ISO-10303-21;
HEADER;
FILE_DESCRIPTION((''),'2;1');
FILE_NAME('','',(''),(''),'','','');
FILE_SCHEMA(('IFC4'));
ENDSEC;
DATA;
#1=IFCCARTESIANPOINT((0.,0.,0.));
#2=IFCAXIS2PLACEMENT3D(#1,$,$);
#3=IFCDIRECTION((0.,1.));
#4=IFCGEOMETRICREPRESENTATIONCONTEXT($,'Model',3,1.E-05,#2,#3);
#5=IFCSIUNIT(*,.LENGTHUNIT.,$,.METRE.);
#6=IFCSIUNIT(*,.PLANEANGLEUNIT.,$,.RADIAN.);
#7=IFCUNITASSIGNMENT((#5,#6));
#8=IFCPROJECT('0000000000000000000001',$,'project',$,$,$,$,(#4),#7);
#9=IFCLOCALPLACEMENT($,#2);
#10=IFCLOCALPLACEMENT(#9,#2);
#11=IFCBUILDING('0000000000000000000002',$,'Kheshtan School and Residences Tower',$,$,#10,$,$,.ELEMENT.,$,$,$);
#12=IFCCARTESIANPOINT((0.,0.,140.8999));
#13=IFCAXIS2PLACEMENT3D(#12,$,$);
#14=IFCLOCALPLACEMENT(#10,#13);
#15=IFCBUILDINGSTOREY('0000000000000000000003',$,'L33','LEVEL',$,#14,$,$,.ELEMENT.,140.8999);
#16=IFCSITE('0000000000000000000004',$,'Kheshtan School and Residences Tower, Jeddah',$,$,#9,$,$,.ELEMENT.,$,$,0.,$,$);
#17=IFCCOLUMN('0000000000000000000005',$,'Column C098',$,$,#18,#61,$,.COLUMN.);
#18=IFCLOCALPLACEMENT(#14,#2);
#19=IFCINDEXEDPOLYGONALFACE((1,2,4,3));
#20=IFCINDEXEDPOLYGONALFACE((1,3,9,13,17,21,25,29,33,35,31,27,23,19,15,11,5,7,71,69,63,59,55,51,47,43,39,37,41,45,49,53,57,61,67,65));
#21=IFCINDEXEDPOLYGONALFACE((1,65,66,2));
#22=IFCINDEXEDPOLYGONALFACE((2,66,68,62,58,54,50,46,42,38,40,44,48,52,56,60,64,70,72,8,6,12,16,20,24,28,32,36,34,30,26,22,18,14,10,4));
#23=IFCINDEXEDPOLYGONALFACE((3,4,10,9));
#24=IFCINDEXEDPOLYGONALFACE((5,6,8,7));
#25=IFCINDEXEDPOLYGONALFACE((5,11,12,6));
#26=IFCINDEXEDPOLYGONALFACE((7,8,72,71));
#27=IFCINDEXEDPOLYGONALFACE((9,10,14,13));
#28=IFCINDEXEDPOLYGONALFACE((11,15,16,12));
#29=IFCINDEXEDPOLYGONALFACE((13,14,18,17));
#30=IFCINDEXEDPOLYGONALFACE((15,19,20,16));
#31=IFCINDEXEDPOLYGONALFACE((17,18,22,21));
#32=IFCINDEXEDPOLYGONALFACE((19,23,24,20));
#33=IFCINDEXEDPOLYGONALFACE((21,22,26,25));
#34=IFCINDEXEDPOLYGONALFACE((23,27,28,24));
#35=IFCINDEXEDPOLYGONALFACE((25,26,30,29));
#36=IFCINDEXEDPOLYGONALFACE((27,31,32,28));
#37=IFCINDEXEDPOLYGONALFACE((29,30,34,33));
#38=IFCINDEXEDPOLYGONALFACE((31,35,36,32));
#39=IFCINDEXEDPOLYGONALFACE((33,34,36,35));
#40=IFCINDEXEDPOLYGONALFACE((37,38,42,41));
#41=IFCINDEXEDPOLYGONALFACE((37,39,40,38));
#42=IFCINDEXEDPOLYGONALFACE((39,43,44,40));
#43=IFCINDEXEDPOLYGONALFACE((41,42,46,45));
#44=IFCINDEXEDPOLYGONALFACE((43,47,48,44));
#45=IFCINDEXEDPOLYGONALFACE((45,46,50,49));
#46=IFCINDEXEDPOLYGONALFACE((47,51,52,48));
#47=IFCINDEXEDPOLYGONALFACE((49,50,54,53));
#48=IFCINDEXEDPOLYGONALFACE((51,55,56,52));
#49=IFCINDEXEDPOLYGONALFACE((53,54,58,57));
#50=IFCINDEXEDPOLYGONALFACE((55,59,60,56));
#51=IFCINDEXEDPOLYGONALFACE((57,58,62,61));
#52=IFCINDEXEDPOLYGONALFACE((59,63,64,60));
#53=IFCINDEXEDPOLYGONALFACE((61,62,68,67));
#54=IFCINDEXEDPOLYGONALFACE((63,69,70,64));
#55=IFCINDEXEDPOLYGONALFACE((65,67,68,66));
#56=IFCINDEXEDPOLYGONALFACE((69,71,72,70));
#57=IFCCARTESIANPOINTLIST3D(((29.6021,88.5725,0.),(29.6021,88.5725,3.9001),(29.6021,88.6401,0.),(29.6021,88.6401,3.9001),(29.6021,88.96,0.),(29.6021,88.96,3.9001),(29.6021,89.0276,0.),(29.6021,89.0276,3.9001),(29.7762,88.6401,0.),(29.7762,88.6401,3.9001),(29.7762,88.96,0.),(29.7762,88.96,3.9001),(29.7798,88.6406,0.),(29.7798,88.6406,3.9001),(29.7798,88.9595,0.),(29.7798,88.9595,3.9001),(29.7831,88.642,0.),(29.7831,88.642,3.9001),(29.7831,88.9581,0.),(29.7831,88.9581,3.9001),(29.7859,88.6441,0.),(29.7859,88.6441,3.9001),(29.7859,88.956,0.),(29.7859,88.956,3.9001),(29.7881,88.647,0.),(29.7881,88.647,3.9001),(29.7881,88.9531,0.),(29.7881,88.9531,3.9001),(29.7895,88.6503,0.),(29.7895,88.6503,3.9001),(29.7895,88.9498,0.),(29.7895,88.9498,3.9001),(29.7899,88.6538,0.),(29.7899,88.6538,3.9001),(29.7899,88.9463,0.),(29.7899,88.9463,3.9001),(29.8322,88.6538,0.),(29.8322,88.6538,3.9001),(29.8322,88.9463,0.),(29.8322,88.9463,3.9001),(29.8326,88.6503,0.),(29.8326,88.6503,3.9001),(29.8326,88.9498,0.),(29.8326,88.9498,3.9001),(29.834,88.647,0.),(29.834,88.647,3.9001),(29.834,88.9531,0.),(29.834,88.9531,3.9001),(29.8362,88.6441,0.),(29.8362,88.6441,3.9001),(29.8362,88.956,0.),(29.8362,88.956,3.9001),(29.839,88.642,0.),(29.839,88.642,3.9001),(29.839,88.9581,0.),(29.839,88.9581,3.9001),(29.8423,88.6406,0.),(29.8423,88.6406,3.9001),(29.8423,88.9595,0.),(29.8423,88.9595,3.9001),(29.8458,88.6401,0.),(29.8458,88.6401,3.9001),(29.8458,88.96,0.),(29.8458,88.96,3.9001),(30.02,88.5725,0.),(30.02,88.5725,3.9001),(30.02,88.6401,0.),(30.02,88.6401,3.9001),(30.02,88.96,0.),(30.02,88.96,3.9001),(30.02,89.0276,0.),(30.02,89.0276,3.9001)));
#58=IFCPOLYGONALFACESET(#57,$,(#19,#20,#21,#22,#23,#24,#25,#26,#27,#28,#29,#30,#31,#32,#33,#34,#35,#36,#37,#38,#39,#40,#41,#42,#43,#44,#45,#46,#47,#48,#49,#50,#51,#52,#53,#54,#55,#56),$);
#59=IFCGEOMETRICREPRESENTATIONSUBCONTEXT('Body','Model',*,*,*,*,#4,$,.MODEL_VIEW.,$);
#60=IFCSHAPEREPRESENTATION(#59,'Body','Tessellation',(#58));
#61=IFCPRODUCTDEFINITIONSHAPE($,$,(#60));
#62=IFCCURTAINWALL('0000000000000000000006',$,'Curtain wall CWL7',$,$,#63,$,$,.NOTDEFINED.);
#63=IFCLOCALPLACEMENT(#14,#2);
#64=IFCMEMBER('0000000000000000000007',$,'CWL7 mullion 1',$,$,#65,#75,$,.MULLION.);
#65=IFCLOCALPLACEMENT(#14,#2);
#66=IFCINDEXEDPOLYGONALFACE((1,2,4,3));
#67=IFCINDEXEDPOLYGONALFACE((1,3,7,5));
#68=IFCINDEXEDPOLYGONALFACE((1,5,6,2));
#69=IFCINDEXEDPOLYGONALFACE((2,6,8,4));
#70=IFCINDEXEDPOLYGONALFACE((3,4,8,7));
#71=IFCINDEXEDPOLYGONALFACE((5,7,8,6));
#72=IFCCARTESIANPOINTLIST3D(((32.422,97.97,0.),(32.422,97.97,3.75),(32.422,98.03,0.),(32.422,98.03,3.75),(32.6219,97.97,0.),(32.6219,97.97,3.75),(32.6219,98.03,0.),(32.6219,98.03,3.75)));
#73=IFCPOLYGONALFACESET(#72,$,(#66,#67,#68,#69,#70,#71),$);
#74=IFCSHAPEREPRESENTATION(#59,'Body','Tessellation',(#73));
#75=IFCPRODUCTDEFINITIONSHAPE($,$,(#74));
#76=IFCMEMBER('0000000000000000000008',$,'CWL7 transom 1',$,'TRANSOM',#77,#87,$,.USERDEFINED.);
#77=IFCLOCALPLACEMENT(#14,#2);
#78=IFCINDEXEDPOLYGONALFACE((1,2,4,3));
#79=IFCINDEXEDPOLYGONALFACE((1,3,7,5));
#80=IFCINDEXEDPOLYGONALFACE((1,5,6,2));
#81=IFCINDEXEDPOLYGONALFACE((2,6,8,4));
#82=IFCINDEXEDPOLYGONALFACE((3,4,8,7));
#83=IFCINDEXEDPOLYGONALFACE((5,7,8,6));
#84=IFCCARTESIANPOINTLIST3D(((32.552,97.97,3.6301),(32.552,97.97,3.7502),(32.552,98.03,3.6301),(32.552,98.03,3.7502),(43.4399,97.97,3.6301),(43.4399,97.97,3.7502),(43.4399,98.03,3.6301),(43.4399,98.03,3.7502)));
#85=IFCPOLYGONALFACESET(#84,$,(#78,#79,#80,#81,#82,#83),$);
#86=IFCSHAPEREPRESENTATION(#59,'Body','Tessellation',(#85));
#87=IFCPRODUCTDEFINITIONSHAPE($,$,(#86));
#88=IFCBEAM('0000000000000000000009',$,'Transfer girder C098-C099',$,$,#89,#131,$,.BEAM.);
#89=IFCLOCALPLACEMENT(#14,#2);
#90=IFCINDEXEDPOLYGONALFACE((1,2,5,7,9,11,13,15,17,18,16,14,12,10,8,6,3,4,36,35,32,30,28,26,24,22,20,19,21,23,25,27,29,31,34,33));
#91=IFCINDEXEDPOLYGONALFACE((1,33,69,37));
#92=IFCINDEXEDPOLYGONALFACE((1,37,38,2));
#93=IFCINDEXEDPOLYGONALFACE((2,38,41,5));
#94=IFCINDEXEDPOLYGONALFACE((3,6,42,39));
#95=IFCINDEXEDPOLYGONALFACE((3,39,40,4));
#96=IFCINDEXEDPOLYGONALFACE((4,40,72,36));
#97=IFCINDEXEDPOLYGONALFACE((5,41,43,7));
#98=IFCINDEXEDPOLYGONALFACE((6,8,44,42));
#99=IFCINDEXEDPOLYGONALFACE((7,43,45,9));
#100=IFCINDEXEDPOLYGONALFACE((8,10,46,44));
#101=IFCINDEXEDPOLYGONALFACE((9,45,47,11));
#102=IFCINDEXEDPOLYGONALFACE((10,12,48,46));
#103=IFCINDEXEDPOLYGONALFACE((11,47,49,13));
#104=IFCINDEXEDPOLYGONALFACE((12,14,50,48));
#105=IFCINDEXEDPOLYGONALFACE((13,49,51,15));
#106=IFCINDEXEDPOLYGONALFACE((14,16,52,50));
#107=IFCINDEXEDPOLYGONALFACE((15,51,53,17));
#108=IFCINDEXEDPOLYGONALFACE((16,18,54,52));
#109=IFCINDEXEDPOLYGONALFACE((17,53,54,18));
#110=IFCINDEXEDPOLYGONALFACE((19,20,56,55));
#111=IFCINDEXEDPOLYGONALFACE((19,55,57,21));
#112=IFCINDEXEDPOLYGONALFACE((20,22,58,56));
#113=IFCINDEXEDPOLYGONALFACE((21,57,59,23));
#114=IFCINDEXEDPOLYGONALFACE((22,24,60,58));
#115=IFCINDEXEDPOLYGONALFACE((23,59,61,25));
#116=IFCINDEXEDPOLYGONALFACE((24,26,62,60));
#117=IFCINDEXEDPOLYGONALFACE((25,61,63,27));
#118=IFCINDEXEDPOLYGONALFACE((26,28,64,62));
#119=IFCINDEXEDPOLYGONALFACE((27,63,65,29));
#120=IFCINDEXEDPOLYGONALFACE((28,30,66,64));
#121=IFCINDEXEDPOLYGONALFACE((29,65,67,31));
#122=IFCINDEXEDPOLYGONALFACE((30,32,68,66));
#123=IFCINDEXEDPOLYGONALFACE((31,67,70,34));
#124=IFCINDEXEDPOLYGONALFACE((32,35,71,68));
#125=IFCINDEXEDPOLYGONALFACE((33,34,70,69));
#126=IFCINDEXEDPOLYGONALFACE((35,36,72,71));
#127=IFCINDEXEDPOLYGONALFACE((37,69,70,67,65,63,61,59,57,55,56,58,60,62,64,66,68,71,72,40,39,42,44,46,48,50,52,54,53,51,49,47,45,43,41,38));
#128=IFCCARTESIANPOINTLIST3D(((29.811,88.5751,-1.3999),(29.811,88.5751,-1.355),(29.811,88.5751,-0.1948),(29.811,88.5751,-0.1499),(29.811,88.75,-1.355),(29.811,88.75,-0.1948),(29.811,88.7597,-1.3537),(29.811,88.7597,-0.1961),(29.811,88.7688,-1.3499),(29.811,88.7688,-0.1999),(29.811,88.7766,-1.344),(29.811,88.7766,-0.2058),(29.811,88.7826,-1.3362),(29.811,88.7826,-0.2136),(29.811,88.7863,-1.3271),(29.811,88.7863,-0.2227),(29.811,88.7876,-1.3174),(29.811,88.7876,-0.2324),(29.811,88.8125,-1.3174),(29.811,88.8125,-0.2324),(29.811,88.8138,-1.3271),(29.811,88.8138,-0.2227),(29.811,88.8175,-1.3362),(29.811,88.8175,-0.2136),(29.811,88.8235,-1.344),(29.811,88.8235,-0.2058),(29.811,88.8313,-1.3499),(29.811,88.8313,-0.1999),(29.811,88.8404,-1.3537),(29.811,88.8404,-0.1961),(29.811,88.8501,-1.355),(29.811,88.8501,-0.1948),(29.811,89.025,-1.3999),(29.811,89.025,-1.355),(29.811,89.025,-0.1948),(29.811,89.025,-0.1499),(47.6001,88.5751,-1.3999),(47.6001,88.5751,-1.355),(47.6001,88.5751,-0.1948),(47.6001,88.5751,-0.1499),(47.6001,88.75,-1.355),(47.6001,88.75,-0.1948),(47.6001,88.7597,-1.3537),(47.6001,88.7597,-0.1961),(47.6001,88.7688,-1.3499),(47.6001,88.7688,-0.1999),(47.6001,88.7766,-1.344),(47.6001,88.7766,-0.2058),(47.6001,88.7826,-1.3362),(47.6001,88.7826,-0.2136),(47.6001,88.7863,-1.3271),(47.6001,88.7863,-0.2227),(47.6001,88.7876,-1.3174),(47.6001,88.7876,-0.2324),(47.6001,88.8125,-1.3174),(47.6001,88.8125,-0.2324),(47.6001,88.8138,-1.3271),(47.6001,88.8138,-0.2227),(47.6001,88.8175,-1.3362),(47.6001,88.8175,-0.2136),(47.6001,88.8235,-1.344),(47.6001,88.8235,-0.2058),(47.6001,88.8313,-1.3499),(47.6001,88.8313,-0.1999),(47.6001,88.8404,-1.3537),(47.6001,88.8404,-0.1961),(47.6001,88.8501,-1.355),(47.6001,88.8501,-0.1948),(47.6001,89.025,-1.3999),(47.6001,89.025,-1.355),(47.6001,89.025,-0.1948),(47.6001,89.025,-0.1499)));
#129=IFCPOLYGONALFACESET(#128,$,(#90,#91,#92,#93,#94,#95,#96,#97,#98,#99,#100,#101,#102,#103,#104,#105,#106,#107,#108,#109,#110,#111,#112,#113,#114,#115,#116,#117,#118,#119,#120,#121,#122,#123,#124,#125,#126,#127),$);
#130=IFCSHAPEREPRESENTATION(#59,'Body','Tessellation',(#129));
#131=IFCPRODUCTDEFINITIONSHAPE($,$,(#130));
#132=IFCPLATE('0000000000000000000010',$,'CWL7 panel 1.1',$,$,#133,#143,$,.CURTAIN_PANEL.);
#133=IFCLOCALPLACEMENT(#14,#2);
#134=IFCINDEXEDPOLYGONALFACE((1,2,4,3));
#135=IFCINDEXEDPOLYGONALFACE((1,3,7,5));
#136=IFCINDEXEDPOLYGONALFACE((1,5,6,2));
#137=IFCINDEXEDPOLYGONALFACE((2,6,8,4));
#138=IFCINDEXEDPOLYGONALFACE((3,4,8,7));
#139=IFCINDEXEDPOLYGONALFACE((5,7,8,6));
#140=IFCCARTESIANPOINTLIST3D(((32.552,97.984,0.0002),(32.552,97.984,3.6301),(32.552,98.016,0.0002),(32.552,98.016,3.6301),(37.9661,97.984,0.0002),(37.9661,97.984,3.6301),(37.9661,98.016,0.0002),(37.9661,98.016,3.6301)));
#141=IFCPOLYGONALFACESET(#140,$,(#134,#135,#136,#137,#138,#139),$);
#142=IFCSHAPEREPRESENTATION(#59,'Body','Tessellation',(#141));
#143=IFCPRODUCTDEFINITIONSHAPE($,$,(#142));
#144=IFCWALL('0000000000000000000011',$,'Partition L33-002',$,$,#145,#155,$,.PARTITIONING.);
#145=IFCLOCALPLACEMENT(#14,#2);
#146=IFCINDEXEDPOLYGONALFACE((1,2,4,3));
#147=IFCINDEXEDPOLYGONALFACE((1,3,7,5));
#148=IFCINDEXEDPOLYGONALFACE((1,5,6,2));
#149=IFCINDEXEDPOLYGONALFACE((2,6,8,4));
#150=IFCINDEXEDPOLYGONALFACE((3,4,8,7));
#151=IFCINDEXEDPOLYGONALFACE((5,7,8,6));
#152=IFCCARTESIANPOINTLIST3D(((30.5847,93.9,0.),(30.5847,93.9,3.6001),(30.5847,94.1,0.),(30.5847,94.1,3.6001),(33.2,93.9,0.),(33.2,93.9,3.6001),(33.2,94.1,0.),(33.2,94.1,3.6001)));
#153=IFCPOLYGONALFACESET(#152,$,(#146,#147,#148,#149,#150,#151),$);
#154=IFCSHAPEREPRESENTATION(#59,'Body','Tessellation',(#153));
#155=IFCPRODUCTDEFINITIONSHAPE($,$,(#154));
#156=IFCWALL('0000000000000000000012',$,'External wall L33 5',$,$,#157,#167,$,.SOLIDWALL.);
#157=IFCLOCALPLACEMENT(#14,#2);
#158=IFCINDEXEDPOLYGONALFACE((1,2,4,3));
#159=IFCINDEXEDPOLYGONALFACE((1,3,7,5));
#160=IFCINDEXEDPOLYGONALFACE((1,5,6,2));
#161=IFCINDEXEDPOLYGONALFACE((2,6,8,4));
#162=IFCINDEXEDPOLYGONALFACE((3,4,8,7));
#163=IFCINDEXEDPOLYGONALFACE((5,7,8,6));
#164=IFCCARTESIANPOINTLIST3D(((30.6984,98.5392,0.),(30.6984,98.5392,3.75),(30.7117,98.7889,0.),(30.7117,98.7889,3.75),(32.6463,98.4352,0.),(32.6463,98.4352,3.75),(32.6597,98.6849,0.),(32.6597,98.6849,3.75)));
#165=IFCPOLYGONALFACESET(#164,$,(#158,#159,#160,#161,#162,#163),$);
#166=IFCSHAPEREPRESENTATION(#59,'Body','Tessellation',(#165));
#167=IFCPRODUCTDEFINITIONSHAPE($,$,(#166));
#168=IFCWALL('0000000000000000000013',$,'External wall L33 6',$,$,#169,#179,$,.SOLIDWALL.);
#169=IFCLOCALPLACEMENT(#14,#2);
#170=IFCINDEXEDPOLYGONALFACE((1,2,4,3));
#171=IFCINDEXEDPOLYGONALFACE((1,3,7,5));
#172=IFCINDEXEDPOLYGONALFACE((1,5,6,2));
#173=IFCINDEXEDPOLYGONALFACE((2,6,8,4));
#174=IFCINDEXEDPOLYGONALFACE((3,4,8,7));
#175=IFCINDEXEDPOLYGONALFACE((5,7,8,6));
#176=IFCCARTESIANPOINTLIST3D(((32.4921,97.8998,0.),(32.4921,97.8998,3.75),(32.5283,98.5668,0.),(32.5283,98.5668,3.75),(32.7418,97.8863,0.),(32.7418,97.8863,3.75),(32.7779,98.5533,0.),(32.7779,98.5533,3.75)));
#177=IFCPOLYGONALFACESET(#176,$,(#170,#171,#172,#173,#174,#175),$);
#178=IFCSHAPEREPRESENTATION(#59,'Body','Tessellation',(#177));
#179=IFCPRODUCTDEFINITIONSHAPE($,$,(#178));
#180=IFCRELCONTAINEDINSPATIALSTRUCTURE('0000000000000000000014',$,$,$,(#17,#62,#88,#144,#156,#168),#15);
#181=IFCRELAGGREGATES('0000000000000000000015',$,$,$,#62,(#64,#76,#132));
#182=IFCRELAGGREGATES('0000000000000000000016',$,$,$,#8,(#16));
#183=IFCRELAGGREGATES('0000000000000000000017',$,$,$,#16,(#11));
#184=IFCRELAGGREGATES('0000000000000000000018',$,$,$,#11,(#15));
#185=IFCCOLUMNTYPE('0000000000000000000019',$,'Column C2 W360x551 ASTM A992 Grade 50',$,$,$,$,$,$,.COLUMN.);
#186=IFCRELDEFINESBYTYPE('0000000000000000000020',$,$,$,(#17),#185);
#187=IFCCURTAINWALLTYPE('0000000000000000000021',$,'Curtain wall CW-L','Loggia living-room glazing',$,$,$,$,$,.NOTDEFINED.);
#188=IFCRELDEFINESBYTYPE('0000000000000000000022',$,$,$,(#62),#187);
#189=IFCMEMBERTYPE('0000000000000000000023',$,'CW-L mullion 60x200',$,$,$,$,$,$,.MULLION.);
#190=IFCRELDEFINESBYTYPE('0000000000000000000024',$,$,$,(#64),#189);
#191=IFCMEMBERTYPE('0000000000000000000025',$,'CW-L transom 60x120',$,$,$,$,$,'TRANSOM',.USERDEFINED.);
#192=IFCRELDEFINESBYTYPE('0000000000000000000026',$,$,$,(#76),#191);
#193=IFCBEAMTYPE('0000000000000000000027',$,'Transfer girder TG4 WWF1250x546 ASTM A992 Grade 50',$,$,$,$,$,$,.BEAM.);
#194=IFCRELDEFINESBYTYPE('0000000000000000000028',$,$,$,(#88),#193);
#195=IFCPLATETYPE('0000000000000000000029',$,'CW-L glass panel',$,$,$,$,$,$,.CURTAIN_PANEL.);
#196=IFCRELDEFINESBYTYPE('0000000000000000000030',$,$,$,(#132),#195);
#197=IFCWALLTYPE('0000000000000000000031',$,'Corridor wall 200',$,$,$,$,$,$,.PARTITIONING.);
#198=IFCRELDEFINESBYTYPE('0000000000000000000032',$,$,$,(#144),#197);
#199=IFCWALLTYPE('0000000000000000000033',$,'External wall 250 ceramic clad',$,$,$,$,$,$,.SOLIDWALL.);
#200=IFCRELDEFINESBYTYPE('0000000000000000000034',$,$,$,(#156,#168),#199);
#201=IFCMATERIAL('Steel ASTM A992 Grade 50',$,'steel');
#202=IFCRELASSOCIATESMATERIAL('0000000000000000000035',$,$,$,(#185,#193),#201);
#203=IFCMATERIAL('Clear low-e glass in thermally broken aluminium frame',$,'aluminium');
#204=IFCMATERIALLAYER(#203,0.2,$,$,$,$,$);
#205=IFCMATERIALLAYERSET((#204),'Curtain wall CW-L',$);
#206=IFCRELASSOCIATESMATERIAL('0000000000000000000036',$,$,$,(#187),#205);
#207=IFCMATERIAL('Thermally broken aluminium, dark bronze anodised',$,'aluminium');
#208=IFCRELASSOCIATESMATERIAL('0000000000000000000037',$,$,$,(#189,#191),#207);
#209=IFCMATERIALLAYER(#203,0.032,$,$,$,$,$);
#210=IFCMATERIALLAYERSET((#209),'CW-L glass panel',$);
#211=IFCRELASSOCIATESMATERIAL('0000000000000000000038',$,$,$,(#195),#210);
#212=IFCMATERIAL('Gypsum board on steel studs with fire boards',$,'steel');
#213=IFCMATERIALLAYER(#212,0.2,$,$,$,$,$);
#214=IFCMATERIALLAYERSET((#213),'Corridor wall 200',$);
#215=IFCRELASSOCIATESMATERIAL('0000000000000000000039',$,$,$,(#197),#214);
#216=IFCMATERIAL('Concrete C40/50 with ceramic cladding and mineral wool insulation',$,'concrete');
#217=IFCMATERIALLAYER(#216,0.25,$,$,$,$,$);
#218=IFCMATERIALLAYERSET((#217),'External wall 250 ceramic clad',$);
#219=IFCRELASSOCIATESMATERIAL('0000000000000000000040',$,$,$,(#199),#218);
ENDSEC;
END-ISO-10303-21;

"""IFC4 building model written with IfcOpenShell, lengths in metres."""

from ifc_helpers import new_model, si_unit, direction, frame, frame_2d, origin, origin_2d, place, context, subcontext, project, spatial, rectangle, i_section, extrude, material, layer, layer_set, material_profile, profile_set, type_object, element, aggregate, save


model = new_model("IFC4")

# Units and contexts
model_context = context("Model", 3, precision=1e-05, world=origin(), true_north=direction((0.0, 1.0)))
body_context = subcontext(model_context, "Body", "Model", "MODEL_VIEW")
ifc_project = project(units=[si_unit("LENGTHUNIT", "METRE"), si_unit("PLANEANGLEUNIT", "RADIAN")], contexts=[model_context])

# Site, building, storey
site_placement = place(None, origin())
site = spatial("IfcSite", under=ifc_project, at=site_placement, Name="Kheshtan School and Residences Tower, Jeddah", CompositionType="ELEMENT", RefElevation=0.0)
building_placement = place(site_placement, origin())
building = spatial("IfcBuilding", under=site, at=building_placement, Name="Kheshtan School and Residences Tower", CompositionType="ELEMENT")
storey_placement = place(building_placement, frame((0.0, 0.0, 140.8999)))
storey = spatial("IfcBuildingStorey", under=building, at=storey_placement, Name="L33", Description="LEVEL", CompositionType="ELEMENT", Elevation=140.8999)

# Column
ifc_material_1 = material(Name="Steel ASTM A992 Grade 50", Category="steel")
ifc_material_profile_1 = material_profile(ifc_material_1, i_section(OverallWidth=0.418, OverallDepth=0.4551, WebThickness=0.0422, FlangeThickness=0.0676, FilletRadius=0.0137, at=origin_2d()), Name="W360x551")
ifc_profile_set_1 = profile_set([ifc_material_profile_1], Name="Steel ASTM A992 Grade 50")
column_type = type_object("IfcColumnType", Name="Column C2 W360x551 ASTM A992 Grade 50", PredefinedType="COLUMN", material=ifc_profile_set_1)
column_placement = place(storey_placement, frame((29.811, 88.8, 0.0), z_axis=(0.0, 0.0, 1.0), x_axis=(1.0, 0.0, 0.0)))
element("IfcColumn", 1, at=column_placement, inside=storey, type_object=column_type, Name="Column C098", PredefinedType="COLUMN", context=body_context, shape_type="SweptSolid", body=[
    extrude(i_section(OverallWidth=0.418, OverallDepth=0.4551, WebThickness=0.0422, FlangeThickness=0.0676, FilletRadius=0.0137, at=origin_2d()), origin(), (0.0, 0.0, 1.0), 3.9001),
])

# Curtain wall, members
ifc_material_2 = material(Name="Clear low-e glass in thermally broken aluminium frame", Category="aluminium")
ifc_layer_1 = layer(ifc_material_2, 0.2)
ifc_layer_set_1 = layer_set([ifc_layer_1], Name="Curtain wall CW-L")
curtain_wall_type = type_object("IfcCurtainWallType", Name="Curtain wall CW-L", Description="Loggia living-room glazing", PredefinedType="NOTDEFINED", material=ifc_layer_set_1)
curtain_wall_placement = place(storey_placement, origin())
curtain_wall = element("IfcCurtainWall", 2, at=curtain_wall_placement, inside=storey, type_object=curtain_wall_type, Name="Curtain wall CWL7", PredefinedType="NOTDEFINED")
ifc_material_3 = material(Name="Thermally broken aluminium, dark bronze anodised", Category="aluminium")
ifc_material_profile_2 = material_profile(ifc_material_3, rectangle(XDim=0.0601, YDim=0.2, at=origin_2d()), Name="CW-L mullion 60x200")
ifc_profile_set_2 = profile_set([ifc_material_profile_2], Name="Thermally broken aluminium, dark bronze anodised")
member_type_1 = type_object("IfcMemberType", Name="CW-L mullion 60x200", PredefinedType="MULLION", material=ifc_profile_set_2)
member_1_placement = place(storey_placement, frame((32.522, 98.0, 0.0), z_axis=(0.0, 0.0, 1.0), x_axis=(0.0, 1.0, 0.0)))
member_1 = element("IfcMember", 3, at=member_1_placement, type_object=member_type_1, Name="CWL7 mullion 1", PredefinedType="MULLION", context=body_context, shape_type="SweptSolid", body=[
    extrude(rectangle(XDim=0.0601, YDim=0.2, at=origin_2d()), origin(), (0.0, 0.0, 1.0), 3.75),
])
ifc_material_profile_3 = material_profile(ifc_material_3, rectangle(XDim=0.0601, YDim=0.1201, at=origin_2d()), Name="CW-L transom 60x120")
ifc_profile_set_3 = profile_set([ifc_material_profile_3], Name="Thermally broken aluminium, dark bronze anodised")
member_type_2 = type_object("IfcMemberType", Name="CW-L transom 60x120", ElementType="TRANSOM", PredefinedType="USERDEFINED", material=ifc_profile_set_3)
member_2_placement = place(storey_placement, frame((32.552, 98.0, 3.6902), z_axis=(1.0, 0.0, 0.0), x_axis=(0.0, 1.0, 0.0)))
member_2 = element("IfcMember", 4, at=member_2_placement, type_object=member_type_2, Name="CWL7 transom 1", ObjectType="TRANSOM", PredefinedType="USERDEFINED", context=body_context, shape_type="SweptSolid", body=[
    extrude(rectangle(XDim=0.0601, YDim=0.1201, at=origin_2d()), origin(), (0.0, 0.0, 1.0), 10.8879),
])

# Beam
ifc_material_profile_4 = material_profile(ifc_material_1, i_section(OverallWidth=0.45, OverallDepth=1.25, WebThickness=0.0249, FlangeThickness=0.0449, FilletRadius=0.0376, at=origin_2d()), Name="WWF1250x546")
ifc_profile_set_4 = profile_set([ifc_material_profile_4], Name="Steel ASTM A992 Grade 50")
beam_type = type_object("IfcBeamType", Name="Transfer girder TG4 WWF1250x546 ASTM A992 Grade 50", PredefinedType="BEAM", material=ifc_profile_set_4)
beam_placement = place(storey_placement, frame((29.811, 88.8, -0.7749), z_axis=(1.0, 0.0, 0.0), x_axis=(0.0, 1.0, 0.0)))
element("IfcBeam", 5, at=beam_placement, inside=storey, type_object=beam_type, Name="Transfer girder C098-C099", PredefinedType="BEAM", context=body_context, shape_type="SweptSolid", body=[
    extrude(i_section(OverallWidth=0.45, OverallDepth=1.25, WebThickness=0.0249, FlangeThickness=0.0449, FilletRadius=0.0376, at=origin_2d()), origin(), (0.0, 0.0, 1.0), 17.7891),
])

# Plate
ifc_layer_2 = layer(ifc_material_2, 0.032)
ifc_layer_set_2 = layer_set([ifc_layer_2], Name="CW-L glass panel")
plate_type = type_object("IfcPlateType", Name="CW-L glass panel", PredefinedType="CURTAIN_PANEL", material=ifc_layer_set_2)
plate_placement = place(storey_placement, frame((35.259, 98.0, 0.0002), z_axis=(0.0, 0.0, 1.0), x_axis=(1.0, 0.0, 0.0)))
plate = element("IfcPlate", 6, at=plate_placement, type_object=plate_type, Name="CWL7 panel 1.1", PredefinedType="CURTAIN_PANEL", context=body_context, shape_type="SweptSolid", body=[
    extrude(rectangle(XDim=5.4141, YDim=0.032, at=origin_2d()), origin(), (0.0, 0.0, 1.0), 3.6299),
])
aggregate(curtain_wall, [member_1, member_2, plate])

# Walls
ifc_material_4 = material(Name="Gypsum board on steel studs with fire boards", Category="steel")
ifc_layer_3 = layer(ifc_material_4, 0.2)
ifc_layer_set_3 = layer_set([ifc_layer_3], Name="Corridor wall 200")
wall_type_1 = type_object("IfcWallType", Name="Corridor wall 200", PredefinedType="PARTITIONING", material=ifc_layer_set_3)
wall_1_placement = place(storey_placement, frame((30.5847, 94.0, 0.0), z_axis=(0.0, 0.0, 1.0), x_axis=(1.0, 0.0, 0.0)))
element("IfcWall", 7, at=wall_1_placement, inside=storey, type_object=wall_type_1, Name="Partition L33-002", PredefinedType="PARTITIONING", context=body_context, shape_type="SweptSolid", body=[
    extrude(rectangle(XDim=2.6152, YDim=0.2, at=frame_2d((1.3076, 0.0))), origin(), (0.0, 0.0, 1.0), 3.6001),
])
ifc_material_5 = material(Name="Concrete C40/50 with ceramic cladding and mineral wool insulation", Category="concrete")
ifc_layer_4 = layer(ifc_material_5, 0.25)
ifc_layer_set_4 = layer_set([ifc_layer_4], Name="External wall 250 ceramic clad")
wall_type_2 = type_object("IfcWallType", Name="External wall 250 ceramic clad", PredefinedType="SOLIDWALL", material=ifc_layer_set_4)
wall_2_placement = place(storey_placement, frame((30.7051, 98.6641, 0.0), z_axis=(0.0, 0.0, 1.0), x_axis=(0.998578, -0.053314, 0.0)))
element("IfcWall", 8, at=wall_2_placement, inside=storey, type_object=wall_type_2, Name="External wall L33 5", PredefinedType="SOLIDWALL", context=body_context, shape_type="SweptSolid", body=[
    extrude(rectangle(XDim=1.9507, YDim=0.25, at=frame_2d((0.9753, 0.0))), origin(), (0.0, 0.0, 1.0), 3.75),
])
wall_3_placement = place(storey_placement, frame((32.6531, 98.5601, 0.0), z_axis=(0.0, 0.0, 1.0), x_axis=(-0.054093, -0.998536, 0.0)))
element("IfcWall", 9, at=wall_3_placement, inside=storey, type_object=wall_type_2, Name="External wall L33 6", PredefinedType="SOLIDWALL", context=body_context, shape_type="SweptSolid", body=[
    extrude(rectangle(XDim=0.668, YDim=0.25, at=frame_2d((0.334, 0.0))), origin(), (0.0, 0.0, 1.0), 3.75),
])

save(model, "model.ifc")
